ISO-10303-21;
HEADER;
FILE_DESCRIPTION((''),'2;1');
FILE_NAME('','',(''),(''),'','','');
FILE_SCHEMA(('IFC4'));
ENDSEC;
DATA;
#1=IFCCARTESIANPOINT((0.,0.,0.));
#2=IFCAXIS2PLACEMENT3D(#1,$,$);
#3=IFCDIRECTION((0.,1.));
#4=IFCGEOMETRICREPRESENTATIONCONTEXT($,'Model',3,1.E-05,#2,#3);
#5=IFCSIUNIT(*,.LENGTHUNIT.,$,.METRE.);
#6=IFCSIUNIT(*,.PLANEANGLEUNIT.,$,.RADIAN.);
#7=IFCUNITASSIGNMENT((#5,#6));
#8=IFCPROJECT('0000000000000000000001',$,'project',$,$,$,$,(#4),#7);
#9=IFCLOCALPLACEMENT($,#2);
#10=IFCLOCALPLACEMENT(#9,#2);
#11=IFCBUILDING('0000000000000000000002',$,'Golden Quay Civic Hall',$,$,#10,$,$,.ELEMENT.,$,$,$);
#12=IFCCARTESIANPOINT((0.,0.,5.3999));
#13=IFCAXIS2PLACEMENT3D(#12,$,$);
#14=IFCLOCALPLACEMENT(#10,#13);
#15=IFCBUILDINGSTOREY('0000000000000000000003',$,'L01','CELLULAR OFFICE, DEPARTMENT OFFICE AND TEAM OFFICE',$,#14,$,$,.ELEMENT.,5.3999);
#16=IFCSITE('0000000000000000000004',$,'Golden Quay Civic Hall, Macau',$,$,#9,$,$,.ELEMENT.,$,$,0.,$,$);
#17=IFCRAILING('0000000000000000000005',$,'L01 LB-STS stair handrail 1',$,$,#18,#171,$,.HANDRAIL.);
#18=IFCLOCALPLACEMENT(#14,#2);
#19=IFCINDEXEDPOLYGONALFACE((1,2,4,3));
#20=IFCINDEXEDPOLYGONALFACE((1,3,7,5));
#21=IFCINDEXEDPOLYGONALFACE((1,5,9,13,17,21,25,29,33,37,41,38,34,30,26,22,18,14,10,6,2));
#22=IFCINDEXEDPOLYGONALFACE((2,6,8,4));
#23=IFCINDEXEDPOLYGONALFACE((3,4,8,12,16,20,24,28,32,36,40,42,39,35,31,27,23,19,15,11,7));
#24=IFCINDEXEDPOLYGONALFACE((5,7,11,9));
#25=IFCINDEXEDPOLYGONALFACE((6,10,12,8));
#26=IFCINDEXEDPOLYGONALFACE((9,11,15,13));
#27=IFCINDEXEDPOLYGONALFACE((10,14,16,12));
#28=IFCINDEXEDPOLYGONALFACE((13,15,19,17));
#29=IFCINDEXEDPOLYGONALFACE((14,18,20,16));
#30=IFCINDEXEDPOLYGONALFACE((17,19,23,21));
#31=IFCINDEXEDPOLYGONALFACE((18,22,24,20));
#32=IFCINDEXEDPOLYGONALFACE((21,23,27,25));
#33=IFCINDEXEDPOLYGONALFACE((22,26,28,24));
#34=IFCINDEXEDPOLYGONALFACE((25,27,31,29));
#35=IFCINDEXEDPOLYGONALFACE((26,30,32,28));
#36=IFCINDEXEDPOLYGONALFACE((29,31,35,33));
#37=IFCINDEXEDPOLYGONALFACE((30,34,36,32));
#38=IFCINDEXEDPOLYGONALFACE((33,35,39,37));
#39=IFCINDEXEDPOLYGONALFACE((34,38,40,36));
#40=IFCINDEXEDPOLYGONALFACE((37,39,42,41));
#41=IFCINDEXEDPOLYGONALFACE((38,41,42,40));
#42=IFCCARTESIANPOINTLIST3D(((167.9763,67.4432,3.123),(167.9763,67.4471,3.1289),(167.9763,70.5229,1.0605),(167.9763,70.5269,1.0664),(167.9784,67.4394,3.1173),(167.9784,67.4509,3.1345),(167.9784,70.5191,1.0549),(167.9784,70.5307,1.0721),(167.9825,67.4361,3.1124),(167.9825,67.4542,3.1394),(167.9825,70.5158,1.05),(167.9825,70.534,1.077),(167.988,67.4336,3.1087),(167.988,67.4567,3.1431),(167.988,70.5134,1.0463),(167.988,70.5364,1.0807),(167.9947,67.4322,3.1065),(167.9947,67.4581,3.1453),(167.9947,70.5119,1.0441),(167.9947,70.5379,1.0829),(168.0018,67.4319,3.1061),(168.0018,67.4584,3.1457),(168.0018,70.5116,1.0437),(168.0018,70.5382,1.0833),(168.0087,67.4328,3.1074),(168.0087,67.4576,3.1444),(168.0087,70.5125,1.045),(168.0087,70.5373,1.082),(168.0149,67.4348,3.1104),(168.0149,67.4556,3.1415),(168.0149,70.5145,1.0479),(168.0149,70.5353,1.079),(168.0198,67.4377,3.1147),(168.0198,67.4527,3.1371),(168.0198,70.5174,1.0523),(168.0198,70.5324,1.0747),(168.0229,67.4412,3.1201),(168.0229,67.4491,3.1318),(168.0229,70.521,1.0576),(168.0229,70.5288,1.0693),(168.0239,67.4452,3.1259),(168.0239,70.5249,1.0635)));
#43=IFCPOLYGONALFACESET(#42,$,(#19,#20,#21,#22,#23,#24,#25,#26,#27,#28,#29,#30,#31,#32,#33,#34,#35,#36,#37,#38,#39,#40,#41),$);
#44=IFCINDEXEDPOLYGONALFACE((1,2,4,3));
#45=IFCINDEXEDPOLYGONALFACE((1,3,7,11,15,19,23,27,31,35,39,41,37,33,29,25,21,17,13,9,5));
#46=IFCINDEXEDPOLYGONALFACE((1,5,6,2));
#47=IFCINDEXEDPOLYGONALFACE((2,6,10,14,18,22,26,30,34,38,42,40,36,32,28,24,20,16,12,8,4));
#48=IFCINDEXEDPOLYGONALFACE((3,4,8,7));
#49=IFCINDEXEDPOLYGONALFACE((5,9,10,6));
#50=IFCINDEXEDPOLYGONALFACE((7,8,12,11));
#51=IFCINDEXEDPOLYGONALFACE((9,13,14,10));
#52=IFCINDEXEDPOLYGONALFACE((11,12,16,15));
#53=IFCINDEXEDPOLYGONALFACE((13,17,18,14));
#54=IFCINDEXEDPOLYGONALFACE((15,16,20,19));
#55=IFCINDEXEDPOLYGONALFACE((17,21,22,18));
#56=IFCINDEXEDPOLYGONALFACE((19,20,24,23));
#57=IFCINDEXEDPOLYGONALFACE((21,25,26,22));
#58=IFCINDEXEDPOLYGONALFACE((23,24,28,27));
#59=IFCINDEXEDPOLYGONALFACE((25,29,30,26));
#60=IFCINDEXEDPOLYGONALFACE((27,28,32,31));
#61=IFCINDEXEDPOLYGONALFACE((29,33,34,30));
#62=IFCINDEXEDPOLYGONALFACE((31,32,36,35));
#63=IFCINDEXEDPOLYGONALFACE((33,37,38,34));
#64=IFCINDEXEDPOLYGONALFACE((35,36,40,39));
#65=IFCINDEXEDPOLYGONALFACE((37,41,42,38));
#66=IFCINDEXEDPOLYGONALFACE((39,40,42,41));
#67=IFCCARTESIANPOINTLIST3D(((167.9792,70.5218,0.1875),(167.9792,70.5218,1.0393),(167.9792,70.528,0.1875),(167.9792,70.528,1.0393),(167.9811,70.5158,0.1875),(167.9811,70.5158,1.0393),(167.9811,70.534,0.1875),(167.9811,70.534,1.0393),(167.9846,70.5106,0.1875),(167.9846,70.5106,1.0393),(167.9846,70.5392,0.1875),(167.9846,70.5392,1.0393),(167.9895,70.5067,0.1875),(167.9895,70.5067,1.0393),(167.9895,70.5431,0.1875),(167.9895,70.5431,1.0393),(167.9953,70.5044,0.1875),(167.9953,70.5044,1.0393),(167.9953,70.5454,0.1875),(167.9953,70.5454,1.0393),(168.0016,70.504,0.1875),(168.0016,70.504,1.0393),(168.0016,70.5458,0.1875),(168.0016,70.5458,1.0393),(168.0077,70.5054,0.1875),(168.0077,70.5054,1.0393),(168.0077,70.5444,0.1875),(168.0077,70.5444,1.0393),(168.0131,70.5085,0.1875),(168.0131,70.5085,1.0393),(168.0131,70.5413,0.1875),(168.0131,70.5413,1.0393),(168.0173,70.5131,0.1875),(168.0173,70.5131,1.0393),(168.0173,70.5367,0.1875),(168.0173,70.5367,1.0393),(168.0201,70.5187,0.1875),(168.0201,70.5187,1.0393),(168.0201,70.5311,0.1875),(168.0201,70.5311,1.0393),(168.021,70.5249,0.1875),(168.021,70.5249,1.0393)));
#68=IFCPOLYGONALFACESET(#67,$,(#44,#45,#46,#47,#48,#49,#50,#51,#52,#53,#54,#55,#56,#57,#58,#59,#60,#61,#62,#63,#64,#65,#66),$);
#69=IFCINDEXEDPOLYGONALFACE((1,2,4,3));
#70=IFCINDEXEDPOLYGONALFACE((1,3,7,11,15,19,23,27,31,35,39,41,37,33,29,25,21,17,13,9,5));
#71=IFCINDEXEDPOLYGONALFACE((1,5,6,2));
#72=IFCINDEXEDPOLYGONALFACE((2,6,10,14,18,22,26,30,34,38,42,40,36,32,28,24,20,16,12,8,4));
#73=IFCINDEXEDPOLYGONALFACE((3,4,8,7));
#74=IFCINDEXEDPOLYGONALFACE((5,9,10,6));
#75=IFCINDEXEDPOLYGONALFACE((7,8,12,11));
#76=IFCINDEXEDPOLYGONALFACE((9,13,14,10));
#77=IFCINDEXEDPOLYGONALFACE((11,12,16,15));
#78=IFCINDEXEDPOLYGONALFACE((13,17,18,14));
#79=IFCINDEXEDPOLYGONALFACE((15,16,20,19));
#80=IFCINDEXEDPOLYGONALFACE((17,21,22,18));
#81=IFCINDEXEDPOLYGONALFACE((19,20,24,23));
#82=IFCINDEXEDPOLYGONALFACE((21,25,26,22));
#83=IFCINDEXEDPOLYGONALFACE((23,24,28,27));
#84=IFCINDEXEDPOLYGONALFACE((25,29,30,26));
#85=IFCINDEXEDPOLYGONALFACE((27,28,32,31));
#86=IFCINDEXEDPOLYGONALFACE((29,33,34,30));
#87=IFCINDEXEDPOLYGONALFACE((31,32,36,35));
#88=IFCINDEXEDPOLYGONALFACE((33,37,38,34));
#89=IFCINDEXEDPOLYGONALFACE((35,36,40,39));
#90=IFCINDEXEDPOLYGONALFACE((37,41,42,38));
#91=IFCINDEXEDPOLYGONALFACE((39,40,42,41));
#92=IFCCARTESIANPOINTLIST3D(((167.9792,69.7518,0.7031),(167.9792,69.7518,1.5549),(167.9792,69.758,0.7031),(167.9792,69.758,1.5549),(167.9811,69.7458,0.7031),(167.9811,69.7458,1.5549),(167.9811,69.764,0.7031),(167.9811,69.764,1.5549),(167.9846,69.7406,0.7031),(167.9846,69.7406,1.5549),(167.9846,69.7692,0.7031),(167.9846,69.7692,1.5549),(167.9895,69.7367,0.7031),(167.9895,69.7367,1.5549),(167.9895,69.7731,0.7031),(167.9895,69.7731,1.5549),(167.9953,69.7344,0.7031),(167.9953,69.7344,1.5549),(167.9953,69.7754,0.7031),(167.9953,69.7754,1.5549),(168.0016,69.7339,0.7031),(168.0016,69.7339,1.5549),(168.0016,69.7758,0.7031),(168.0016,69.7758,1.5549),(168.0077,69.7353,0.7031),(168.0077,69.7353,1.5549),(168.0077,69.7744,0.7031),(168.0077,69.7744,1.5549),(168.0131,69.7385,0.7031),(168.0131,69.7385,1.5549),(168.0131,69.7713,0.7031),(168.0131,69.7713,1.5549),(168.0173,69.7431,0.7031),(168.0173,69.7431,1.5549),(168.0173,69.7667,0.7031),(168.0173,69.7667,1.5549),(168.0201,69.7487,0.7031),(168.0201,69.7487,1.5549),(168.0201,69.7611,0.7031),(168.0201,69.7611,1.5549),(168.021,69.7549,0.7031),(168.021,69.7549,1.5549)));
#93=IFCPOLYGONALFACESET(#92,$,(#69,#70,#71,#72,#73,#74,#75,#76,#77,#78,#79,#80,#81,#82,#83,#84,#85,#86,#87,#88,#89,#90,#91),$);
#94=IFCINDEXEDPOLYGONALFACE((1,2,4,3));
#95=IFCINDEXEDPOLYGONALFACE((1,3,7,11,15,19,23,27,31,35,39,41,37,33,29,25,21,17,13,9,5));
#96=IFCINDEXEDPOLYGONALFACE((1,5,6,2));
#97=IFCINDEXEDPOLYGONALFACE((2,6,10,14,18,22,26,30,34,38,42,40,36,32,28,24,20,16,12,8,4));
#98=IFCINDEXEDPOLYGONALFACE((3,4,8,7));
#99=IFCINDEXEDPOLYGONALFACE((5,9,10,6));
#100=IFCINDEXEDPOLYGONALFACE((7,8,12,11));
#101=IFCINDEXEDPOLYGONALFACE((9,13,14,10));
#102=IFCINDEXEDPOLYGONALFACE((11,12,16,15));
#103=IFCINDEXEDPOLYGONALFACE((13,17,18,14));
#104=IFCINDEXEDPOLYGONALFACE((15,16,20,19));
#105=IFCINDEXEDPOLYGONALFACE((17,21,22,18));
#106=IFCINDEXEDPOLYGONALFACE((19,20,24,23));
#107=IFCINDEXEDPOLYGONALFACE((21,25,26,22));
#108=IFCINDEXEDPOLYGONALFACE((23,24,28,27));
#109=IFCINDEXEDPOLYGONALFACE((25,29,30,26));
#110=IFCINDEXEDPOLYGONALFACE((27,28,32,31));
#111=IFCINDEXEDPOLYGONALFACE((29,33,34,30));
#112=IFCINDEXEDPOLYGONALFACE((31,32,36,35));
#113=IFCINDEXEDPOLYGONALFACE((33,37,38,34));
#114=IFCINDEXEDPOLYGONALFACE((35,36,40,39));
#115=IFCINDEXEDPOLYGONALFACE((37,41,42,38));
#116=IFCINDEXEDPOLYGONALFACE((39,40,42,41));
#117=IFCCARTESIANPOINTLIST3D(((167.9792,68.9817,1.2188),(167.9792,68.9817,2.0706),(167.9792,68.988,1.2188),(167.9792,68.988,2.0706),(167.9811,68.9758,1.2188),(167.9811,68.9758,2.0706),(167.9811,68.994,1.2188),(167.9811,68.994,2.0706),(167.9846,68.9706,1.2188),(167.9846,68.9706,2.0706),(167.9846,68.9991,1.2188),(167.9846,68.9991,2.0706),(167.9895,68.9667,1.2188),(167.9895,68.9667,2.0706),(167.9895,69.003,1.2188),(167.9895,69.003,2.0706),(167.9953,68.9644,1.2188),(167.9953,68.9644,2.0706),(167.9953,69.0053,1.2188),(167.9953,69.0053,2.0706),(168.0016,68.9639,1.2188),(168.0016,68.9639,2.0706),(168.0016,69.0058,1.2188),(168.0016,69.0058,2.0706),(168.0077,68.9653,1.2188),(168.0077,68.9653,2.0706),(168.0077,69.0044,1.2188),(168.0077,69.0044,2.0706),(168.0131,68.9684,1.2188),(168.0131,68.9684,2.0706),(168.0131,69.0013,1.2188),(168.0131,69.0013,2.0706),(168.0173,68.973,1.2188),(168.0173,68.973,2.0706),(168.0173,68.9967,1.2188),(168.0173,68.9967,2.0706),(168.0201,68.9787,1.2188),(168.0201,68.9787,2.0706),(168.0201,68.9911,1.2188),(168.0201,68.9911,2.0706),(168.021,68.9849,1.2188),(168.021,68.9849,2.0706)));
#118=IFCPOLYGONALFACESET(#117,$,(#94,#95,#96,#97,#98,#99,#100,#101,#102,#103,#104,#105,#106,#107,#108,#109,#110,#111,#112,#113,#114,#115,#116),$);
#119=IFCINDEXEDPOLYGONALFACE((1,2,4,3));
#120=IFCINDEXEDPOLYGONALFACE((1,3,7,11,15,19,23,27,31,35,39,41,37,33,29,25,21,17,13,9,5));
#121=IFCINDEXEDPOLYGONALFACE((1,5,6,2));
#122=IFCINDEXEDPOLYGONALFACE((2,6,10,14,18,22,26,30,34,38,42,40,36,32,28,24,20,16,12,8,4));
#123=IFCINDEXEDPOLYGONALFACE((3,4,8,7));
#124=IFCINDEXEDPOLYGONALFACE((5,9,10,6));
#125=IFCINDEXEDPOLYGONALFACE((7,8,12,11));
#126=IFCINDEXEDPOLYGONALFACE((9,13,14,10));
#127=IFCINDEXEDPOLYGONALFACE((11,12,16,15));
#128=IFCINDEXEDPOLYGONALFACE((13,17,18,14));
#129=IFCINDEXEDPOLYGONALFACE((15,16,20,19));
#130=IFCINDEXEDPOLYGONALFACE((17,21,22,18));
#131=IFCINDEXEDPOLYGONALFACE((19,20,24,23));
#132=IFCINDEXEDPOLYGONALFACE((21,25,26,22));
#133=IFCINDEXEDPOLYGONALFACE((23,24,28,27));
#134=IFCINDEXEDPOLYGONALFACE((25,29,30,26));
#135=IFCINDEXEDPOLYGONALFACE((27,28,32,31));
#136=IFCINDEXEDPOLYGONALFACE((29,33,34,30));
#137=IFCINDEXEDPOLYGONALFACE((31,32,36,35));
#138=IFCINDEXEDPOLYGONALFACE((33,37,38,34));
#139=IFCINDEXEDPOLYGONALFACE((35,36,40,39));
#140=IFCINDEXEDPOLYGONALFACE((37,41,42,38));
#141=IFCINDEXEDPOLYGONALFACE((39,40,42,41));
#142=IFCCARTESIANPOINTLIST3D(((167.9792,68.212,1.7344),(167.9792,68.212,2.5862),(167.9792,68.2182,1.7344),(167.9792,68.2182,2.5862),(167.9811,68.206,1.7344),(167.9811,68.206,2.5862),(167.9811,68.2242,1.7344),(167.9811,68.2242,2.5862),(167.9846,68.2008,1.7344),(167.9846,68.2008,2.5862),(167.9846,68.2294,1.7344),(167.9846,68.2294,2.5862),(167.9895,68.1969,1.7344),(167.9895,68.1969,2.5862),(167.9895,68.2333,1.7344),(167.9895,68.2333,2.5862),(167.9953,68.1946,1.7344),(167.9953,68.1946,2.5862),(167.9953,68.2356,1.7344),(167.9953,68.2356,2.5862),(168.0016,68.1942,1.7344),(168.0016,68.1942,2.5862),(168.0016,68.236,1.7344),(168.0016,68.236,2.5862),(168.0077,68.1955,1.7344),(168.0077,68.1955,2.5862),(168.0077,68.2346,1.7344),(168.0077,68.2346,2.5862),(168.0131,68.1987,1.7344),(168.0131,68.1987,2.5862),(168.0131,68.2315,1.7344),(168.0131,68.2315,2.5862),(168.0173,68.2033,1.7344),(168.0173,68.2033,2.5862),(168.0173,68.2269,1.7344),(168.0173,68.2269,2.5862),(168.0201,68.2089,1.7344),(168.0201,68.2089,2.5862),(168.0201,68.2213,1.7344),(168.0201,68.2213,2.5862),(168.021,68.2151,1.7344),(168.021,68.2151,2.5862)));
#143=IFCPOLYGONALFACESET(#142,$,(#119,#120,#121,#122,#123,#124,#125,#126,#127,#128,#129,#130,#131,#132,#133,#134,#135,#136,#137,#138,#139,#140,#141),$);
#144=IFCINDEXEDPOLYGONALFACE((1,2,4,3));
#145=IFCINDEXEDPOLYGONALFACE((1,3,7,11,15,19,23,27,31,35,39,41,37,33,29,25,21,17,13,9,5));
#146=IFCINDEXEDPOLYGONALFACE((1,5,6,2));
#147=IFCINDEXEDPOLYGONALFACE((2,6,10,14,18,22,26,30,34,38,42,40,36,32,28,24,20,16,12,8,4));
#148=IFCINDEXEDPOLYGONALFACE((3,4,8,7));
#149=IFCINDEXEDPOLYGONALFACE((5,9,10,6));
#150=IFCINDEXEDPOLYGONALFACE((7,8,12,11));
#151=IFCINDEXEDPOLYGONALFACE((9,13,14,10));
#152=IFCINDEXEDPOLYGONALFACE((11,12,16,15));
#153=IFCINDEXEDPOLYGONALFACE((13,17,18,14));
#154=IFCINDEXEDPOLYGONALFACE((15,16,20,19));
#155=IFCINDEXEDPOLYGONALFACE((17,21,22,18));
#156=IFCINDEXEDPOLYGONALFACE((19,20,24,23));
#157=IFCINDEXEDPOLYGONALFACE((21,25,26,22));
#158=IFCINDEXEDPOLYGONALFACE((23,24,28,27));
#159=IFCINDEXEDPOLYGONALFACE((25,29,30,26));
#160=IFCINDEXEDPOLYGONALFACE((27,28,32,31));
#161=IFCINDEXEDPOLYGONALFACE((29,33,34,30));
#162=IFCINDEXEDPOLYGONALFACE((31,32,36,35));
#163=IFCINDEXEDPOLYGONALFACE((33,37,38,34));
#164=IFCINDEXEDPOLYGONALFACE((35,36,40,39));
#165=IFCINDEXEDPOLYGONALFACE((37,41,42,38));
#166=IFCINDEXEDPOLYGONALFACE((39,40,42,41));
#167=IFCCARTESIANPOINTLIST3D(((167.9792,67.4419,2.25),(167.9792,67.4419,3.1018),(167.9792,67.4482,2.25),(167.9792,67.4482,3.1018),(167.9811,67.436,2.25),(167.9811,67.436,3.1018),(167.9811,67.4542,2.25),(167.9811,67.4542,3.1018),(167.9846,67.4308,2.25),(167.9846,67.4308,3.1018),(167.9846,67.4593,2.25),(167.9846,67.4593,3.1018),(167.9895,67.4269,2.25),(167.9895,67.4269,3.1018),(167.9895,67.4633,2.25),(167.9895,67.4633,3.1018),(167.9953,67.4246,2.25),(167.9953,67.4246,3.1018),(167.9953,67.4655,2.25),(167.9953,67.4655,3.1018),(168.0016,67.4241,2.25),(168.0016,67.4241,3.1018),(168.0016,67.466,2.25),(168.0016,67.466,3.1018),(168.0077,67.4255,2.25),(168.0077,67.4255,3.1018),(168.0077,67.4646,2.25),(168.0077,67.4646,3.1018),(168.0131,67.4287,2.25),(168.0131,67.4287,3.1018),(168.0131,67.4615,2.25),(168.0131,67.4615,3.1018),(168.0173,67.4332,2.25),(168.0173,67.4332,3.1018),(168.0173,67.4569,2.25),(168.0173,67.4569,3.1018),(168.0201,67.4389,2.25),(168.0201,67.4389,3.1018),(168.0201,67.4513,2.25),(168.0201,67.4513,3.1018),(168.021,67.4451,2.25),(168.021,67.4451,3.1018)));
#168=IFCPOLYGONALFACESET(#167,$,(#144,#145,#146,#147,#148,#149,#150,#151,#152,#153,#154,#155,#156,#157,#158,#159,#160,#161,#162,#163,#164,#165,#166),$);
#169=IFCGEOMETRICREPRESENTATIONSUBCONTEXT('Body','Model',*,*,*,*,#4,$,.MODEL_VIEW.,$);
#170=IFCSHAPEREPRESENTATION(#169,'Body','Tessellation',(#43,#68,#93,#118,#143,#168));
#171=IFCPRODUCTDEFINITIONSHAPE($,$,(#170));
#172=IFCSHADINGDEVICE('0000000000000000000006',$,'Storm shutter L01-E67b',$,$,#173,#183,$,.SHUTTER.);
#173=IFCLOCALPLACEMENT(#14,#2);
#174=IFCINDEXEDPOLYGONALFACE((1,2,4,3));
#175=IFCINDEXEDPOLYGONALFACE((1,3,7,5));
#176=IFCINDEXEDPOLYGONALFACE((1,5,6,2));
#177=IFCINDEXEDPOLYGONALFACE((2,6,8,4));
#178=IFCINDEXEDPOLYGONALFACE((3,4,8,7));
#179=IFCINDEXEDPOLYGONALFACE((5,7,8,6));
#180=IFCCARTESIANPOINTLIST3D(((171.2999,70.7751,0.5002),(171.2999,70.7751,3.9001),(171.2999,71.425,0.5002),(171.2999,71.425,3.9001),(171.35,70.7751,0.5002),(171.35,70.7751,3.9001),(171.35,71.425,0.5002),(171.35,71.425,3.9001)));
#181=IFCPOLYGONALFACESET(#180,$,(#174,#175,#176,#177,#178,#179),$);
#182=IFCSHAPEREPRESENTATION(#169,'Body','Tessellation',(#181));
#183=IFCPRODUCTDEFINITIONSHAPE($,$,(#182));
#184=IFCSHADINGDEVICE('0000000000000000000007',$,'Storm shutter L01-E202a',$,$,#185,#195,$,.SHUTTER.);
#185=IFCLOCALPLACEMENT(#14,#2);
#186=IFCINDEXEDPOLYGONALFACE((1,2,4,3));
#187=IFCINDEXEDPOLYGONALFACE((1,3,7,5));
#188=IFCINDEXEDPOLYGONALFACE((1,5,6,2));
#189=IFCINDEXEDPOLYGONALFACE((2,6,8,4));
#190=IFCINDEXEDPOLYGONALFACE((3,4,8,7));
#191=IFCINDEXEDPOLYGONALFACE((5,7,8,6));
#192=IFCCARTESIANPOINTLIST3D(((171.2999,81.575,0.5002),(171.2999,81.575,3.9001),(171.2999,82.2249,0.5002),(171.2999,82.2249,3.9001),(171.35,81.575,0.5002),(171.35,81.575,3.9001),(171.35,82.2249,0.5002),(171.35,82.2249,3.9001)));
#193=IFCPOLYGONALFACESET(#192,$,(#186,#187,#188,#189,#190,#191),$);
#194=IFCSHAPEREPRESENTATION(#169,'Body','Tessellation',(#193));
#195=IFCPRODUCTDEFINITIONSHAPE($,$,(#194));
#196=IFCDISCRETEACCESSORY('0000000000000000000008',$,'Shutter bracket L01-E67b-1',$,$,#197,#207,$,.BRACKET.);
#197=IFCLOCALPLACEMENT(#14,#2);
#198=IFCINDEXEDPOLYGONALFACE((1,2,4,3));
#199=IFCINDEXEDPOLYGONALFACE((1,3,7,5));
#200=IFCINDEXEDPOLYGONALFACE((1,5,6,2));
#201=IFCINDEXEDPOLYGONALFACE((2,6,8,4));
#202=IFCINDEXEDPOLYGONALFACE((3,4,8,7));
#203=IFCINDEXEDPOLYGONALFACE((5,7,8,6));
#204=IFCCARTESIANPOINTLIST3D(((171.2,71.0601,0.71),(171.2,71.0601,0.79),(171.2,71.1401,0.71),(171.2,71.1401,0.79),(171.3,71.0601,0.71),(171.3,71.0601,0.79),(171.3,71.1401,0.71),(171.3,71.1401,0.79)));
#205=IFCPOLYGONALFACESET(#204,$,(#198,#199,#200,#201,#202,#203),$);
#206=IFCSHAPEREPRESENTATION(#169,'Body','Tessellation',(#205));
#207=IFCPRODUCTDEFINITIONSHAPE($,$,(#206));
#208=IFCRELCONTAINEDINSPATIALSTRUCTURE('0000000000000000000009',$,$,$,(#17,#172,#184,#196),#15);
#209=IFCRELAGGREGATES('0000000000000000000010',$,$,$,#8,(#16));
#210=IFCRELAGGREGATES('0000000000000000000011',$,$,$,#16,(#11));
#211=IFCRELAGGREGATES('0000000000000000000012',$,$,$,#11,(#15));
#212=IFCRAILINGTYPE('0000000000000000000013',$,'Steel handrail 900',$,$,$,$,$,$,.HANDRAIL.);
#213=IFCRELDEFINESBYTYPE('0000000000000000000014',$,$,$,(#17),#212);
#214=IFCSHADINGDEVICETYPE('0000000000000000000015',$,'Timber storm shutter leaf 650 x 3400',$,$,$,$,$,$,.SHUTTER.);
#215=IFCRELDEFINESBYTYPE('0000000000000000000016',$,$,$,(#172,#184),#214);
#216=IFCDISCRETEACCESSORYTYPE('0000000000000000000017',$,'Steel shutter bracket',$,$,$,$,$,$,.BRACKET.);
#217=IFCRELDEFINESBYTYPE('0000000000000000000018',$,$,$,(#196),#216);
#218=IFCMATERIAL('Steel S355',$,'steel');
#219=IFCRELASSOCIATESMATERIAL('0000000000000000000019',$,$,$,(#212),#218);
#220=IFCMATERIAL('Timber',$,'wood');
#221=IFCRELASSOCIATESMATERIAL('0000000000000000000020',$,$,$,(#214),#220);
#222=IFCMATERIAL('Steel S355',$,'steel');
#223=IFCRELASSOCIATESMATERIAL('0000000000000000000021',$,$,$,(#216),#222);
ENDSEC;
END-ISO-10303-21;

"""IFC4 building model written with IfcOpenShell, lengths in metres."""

from ifc_helpers import new_model, si_unit, direction, frame, origin, origin_2d, place, context, subcontext, project, spatial, rectangle, circle, extrude, material, type_object, element, save


model = new_model("IFC4")

# Units and contexts
model_context = context("Model", 3, precision=1e-05, world=origin(), true_north=direction((0.0, 1.0)))
body_context = subcontext(model_context, "Body", "Model", "MODEL_VIEW")
ifc_project = project(units=[si_unit("LENGTHUNIT", "METRE"), si_unit("PLANEANGLEUNIT", "RADIAN")], contexts=[model_context])

# Site, building, storey
site_placement = place(None, origin())
site = spatial("IfcSite", under=ifc_project, at=site_placement, Name="Golden Quay Civic Hall, Macau", CompositionType="ELEMENT", RefElevation=0.0)
building_placement = place(site_placement, origin())
building = spatial("IfcBuilding", under=site, at=building_placement, Name="Golden Quay Civic Hall", CompositionType="ELEMENT")
storey_placement = place(building_placement, frame((0.0, 0.0, 5.3999)))
storey = spatial("IfcBuildingStorey", under=building, at=storey_placement, Name="L01", Description="CELLULAR OFFICE, DEPARTMENT OFFICE AND TEAM OFFICE", CompositionType="ELEMENT", Elevation=5.3999)

# Railing
ifc_material_1 = material(Name="Steel S355", Category="steel")
railing_type_1 = type_object("IfcRailingType", Name="Steel handrail 900", PredefinedType="HANDRAIL", material=ifc_material_1)
railing_1_placement = place(storey_placement, frame((168.0, 70.5249, 0.1875)))
element("IfcRailing", 1, at=railing_1_placement, inside=storey, type_object=railing_type_1, Name="L01 LB-STS stair handrail 1", PredefinedType="HANDRAIL", context=body_context, shape_type="SweptSolid", body=[
    extrude(circle(Radius=0.0239, at=origin_2d()), frame((0.0, 0.0, 0.876), z_axis=(0.0, -0.830893, 0.556432), x_axis=(1.0, 0.0, 0.0)), (0.0, 0.0, 1.0), 3.7065),
    extrude(circle(Radius=0.021, at=origin_2d()), origin(), (0.0, 0.0, 1.0), 0.8518),
    extrude(circle(Radius=0.021, at=origin_2d()), frame((0.0, -0.77, 0.5156)), (0.0, 0.0, 1.0), 0.8518),
    extrude(circle(Radius=0.021, at=origin_2d()), frame((0.0, -1.54, 1.0312)), (0.0, 0.0, 1.0), 0.8518),
    extrude(circle(Radius=0.021, at=origin_2d()), frame((0.0, -2.3098, 1.5469)), (0.0, 0.0, 1.0), 0.8518),
    extrude(circle(Radius=0.021, at=origin_2d()), frame((0.0, -3.0798, 2.0625)), (0.0, 0.0, 1.0), 0.8518),
])

# Shading devices
ifc_material_2 = material(Name="Timber", Category="wood")
shading_device_type = type_object("IfcShadingDeviceType", Name="Timber storm shutter leaf 650 x 3400", PredefinedType="SHUTTER", material=ifc_material_2)
for number, where, z_axis, x_axis, name in (
    (2, (171.325, 71.1001, 0.5002), (0.0, 0.0, 1.0), (1.0, 0.0, 0.0), "Storm shutter L01-E67b"),
    (3, (171.325, 81.8999, 0.5002), (0.0, 0.0, 1.0), (1.0, 0.0, 0.0), "Storm shutter L01-E202a"),
):
    element("IfcShadingDevice", number, at=place(storey_placement, frame(where, z_axis=z_axis, x_axis=x_axis)), inside=storey, type_object=shading_device_type, Name=name, PredefinedType="SHUTTER", context=body_context, shape_type="SweptSolid", body=[
        extrude(rectangle(XDim=0.05, YDim=0.6499, at=origin_2d()), origin(), (0.0, 0.0, 1.0), 3.3999),
    ])

# Discrete accessory
ifc_material_3 = material(Name="Steel S355", Category="steel")
discrete_accessory_type = type_object("IfcDiscreteAccessoryType", Name="Steel shutter bracket", PredefinedType="BRACKET", material=ifc_material_3)
for number, where, z_axis, x_axis, name in (
    (4, (171.25, 71.1001, 0.71), (0.0, 0.0, 1.0), (1.0, 0.0, 0.0), "Shutter bracket L01-E67b-1"),
):
    element("IfcDiscreteAccessory", number, at=place(storey_placement, frame(where, z_axis=z_axis, x_axis=x_axis)), inside=storey, type_object=discrete_accessory_type, Name=name, PredefinedType="BRACKET", context=body_context, shape_type="SweptSolid", body=[
        extrude(rectangle(XDim=0.1001, YDim=0.0801, at=origin_2d()), origin(), (0.0, 0.0, 1.0), 0.0801),
    ])

save(model, "model.ifc")
